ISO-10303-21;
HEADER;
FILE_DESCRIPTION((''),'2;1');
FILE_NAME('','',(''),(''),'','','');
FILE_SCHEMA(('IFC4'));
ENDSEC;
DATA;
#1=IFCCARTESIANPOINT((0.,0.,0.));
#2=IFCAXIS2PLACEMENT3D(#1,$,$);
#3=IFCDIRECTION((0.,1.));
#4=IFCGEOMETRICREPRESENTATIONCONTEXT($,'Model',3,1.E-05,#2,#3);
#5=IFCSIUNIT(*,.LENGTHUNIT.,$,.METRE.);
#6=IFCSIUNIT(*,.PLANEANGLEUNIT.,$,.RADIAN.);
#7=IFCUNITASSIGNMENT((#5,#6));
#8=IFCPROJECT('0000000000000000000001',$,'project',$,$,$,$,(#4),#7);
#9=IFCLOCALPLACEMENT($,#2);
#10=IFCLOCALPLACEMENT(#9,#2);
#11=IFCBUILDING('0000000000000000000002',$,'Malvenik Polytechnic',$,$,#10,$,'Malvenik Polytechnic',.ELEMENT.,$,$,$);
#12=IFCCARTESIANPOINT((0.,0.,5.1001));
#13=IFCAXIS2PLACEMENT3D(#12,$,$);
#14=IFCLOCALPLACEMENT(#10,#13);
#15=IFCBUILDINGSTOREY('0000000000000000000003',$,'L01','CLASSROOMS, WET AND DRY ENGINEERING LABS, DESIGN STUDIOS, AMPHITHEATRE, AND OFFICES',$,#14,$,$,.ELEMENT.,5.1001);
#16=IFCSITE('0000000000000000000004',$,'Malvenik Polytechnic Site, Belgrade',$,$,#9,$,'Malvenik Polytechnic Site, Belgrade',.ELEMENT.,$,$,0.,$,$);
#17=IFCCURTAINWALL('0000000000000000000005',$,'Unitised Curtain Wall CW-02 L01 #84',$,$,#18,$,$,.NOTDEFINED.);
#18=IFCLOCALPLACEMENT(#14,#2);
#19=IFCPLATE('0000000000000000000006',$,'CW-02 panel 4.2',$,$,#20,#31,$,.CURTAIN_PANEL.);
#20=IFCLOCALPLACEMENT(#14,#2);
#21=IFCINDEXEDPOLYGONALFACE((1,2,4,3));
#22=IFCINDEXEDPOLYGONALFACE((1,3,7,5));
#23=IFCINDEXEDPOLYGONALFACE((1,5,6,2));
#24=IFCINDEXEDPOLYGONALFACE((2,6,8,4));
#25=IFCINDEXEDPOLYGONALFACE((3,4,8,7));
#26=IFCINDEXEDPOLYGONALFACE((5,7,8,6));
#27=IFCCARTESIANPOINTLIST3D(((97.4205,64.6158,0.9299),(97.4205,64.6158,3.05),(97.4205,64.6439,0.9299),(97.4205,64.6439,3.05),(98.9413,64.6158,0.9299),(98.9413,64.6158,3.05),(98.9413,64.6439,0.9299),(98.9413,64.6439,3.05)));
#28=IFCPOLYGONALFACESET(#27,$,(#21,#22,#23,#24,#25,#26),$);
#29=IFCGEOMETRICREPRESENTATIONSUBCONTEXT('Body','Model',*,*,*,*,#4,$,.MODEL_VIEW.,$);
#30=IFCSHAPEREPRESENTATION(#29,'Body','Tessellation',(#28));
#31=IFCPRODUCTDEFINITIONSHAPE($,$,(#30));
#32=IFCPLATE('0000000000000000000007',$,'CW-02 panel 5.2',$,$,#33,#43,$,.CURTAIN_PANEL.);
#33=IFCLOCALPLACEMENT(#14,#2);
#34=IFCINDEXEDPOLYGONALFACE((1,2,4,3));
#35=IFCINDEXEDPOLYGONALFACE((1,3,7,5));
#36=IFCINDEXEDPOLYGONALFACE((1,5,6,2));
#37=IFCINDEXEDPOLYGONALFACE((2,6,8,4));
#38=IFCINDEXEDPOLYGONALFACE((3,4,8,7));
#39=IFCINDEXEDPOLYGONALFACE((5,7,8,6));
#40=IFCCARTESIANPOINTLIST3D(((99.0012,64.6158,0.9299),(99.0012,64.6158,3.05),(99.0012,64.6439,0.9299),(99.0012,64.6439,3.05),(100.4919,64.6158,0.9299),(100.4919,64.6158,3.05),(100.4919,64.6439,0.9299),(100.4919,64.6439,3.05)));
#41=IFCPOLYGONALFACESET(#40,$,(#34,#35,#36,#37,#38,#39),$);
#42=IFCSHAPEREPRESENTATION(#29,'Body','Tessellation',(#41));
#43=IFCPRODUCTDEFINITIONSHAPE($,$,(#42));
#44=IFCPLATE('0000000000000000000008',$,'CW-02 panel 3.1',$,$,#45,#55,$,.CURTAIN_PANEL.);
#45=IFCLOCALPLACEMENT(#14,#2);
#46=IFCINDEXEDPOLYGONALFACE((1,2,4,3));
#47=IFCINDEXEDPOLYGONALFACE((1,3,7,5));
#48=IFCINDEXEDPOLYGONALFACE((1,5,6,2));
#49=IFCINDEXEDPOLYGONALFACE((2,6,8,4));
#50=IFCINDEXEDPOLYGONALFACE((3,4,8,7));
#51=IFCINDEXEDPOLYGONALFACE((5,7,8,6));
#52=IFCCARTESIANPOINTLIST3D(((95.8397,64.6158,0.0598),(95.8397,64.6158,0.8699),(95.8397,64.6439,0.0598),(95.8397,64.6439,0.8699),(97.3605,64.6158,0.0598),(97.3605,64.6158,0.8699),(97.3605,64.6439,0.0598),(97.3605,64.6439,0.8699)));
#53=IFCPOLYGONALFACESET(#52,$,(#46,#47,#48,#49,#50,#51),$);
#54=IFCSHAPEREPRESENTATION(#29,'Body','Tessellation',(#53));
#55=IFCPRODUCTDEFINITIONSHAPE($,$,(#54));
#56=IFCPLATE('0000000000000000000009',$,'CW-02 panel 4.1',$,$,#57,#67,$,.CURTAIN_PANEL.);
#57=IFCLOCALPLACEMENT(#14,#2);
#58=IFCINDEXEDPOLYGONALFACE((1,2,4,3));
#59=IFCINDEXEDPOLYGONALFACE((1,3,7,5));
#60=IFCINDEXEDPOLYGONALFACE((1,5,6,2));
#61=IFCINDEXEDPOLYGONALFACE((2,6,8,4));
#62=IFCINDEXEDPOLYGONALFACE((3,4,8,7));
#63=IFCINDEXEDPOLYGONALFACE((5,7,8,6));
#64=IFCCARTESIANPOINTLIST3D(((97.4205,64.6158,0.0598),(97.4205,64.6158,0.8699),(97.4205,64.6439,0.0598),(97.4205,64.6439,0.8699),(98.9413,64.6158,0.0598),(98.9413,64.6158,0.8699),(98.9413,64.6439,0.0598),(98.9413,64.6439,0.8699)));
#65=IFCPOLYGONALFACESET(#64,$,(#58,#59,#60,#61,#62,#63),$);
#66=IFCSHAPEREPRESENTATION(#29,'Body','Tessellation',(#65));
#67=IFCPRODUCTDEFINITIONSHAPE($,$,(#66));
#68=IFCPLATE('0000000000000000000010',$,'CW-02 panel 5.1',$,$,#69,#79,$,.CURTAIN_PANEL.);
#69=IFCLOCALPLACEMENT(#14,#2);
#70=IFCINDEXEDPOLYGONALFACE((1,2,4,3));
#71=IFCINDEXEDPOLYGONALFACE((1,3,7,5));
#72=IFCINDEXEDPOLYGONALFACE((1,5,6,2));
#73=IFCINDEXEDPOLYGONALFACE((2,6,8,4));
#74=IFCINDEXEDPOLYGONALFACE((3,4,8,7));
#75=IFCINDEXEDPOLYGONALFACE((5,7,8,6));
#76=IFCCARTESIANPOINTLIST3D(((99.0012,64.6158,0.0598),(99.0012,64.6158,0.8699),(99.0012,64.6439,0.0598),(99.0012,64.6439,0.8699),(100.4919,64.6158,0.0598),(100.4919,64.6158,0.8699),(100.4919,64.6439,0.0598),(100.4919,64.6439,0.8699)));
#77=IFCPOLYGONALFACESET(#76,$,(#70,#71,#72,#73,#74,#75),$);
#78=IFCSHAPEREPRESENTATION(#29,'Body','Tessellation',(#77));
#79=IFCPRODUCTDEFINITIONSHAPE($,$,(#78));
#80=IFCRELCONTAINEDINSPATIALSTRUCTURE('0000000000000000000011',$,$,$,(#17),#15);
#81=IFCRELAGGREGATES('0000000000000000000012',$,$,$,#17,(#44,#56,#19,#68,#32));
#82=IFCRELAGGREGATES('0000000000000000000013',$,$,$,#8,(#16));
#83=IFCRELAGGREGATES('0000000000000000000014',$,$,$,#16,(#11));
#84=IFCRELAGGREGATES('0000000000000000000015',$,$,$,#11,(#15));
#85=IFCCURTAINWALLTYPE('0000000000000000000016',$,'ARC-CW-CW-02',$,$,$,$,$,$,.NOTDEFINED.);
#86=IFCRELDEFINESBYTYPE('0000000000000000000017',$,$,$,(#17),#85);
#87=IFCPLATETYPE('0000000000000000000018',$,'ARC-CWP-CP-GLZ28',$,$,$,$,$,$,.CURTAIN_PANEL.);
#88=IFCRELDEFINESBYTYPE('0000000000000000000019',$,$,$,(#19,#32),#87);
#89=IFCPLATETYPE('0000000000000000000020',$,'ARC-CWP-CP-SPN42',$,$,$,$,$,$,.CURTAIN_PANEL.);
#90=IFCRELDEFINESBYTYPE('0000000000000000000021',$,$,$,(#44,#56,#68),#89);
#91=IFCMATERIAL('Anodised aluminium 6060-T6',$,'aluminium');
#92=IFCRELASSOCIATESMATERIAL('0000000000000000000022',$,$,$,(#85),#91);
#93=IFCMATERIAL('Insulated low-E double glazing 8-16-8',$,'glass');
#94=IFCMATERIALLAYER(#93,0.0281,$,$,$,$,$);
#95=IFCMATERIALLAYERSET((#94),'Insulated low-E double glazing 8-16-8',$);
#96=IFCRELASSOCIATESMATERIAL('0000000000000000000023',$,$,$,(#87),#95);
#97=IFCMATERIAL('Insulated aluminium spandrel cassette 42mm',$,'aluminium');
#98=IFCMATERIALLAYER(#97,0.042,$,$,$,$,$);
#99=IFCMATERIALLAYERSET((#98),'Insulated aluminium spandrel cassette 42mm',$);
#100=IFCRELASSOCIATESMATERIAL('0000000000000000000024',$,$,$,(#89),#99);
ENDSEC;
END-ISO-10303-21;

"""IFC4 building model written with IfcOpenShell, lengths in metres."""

from ifc_helpers import new_model, si_unit, direction, frame, origin, origin_2d, place, context, subcontext, project, spatial, rectangle, extrude, material, layer, layer_set, type_object, element, aggregate, save


model = new_model("IFC4")

# Units and contexts
model_context = context("Model", 3, precision=1e-05, world=origin(), true_north=direction((0.0, 1.0)))
body_context = subcontext(model_context, "Body", "Model", "MODEL_VIEW")
ifc_project = project(units=[si_unit("LENGTHUNIT", "METRE"), si_unit("PLANEANGLEUNIT", "RADIAN")], contexts=[model_context])

# Site, building, storey
site_placement = place(None, origin())
site = spatial("IfcSite", under=ifc_project, at=site_placement, Name="Malvenik Polytechnic Site, Belgrade", LongName="Malvenik Polytechnic Site, Belgrade", CompositionType="ELEMENT", RefElevation=0.0)
building_placement = place(site_placement, origin())
building = spatial("IfcBuilding", under=site, at=building_placement, Name="Malvenik Polytechnic", LongName="Malvenik Polytechnic", CompositionType="ELEMENT")
storey_placement = place(building_placement, frame((0.0, 0.0, 5.1001)))
storey = spatial("IfcBuildingStorey", under=building, at=storey_placement, Name="L01", Description="CLASSROOMS, WET AND DRY ENGINEERING LABS, DESIGN STUDIOS, AMPHITHEATRE, AND OFFICES", CompositionType="ELEMENT", Elevation=5.1001)

# Curtain wall, plates
ifc_material_1 = material(Name="Anodised aluminium 6060-T6", Category="aluminium")
curtain_wall_type = type_object("IfcCurtainWallType", Name="ARC-CW-CW-02", PredefinedType="NOTDEFINED", material=ifc_material_1)
curtain_wall_placement = place(storey_placement, origin())
curtain_wall = element("IfcCurtainWall", 1, at=curtain_wall_placement, inside=storey, type_object=curtain_wall_type, Name="Unitised Curtain Wall CW-02 L01 #84", PredefinedType="NOTDEFINED")
ifc_material_2 = material(Name="Insulated low-E double glazing 8-16-8", Category="glass")
ifc_layer_1 = layer(ifc_material_2, 0.0281)
ifc_layer_set_1 = layer_set([ifc_layer_1], Name="Insulated low-E double glazing 8-16-8")
plate_type_1 = type_object("IfcPlateType", Name="ARC-CWP-CP-GLZ28", PredefinedType="CURTAIN_PANEL", material=ifc_layer_set_1)
plate_1_placement = place(storey_placement, frame((98.1809, 64.6299, 0.9299), z_axis=(0.0, 0.0, 1.0), x_axis=(1.0, 0.0, 0.0)))
plate_1 = element("IfcPlate", 2, at=plate_1_placement, type_object=plate_type_1, Name="CW-02 panel 4.2", PredefinedType="CURTAIN_PANEL", context=body_context, shape_type="SweptSolid", body=[
    extrude(rectangle(XDim=1.5208, YDim=0.0281, at=origin_2d()), origin(), (0.0, 0.0, 1.0), 2.1201),
])
plate_2_placement = place(storey_placement, frame((99.7466, 64.6299, 0.9299), z_axis=(0.0, 0.0, 1.0), x_axis=(1.0, 0.0, 0.0)))
plate_2 = element("IfcPlate", 3, at=plate_2_placement, type_object=plate_type_1, Name="CW-02 panel 5.2", PredefinedType="CURTAIN_PANEL", context=body_context, shape_type="SweptSolid", body=[
    extrude(rectangle(XDim=1.4907, YDim=0.0281, at=origin_2d()), origin(), (0.0, 0.0, 1.0), 2.1201),
])
ifc_material_3 = material(Name="Insulated aluminium spandrel cassette 42mm", Category="aluminium")
ifc_layer_2 = layer(ifc_material_3, 0.042)
ifc_layer_set_2 = layer_set([ifc_layer_2], Name="Insulated aluminium spandrel cassette 42mm")
plate_type_2 = type_object("IfcPlateType", Name="ARC-CWP-CP-SPN42", PredefinedType="CURTAIN_PANEL", material=ifc_layer_set_2)
plate_3_placement = place(storey_placement, frame((96.6001, 64.6299, 0.0598), z_axis=(0.0, 0.0, 1.0), x_axis=(1.0, 0.0, 0.0)))
plate_3 = element("IfcPlate", 4, at=plate_3_placement, type_object=plate_type_2, Name="CW-02 panel 3.1", PredefinedType="CURTAIN_PANEL", context=body_context, shape_type="SweptSolid", body=[
    extrude(rectangle(XDim=1.5208, YDim=0.0281, at=origin_2d()), origin(), (0.0, 0.0, 1.0), 0.8101),
])
plate_4_placement = place(storey_placement, frame((98.1809, 64.6299, 0.0598), z_axis=(0.0, 0.0, 1.0), x_axis=(1.0, 0.0, 0.0)))
plate_4 = element("IfcPlate", 5, at=plate_4_placement, type_object=plate_type_2, Name="CW-02 panel 4.1", PredefinedType="CURTAIN_PANEL", context=body_context, shape_type="SweptSolid", body=[
    extrude(rectangle(XDim=1.5208, YDim=0.0281, at=origin_2d()), origin(), (0.0, 0.0, 1.0), 0.8101),
])
plate_5_placement = place(storey_placement, frame((99.7466, 64.6299, 0.0598), z_axis=(0.0, 0.0, 1.0), x_axis=(1.0, 0.0, 0.0)))
plate_5 = element("IfcPlate", 6, at=plate_5_placement, type_object=plate_type_2, Name="CW-02 panel 5.1", PredefinedType="CURTAIN_PANEL", context=body_context, shape_type="SweptSolid", body=[
    extrude(rectangle(XDim=1.4907, YDim=0.0281, at=origin_2d()), origin(), (0.0, 0.0, 1.0), 0.8101),
])
aggregate(curtain_wall, [plate_3, plate_4, plate_1, plate_5, plate_2])

save(model, "model.ifc")
